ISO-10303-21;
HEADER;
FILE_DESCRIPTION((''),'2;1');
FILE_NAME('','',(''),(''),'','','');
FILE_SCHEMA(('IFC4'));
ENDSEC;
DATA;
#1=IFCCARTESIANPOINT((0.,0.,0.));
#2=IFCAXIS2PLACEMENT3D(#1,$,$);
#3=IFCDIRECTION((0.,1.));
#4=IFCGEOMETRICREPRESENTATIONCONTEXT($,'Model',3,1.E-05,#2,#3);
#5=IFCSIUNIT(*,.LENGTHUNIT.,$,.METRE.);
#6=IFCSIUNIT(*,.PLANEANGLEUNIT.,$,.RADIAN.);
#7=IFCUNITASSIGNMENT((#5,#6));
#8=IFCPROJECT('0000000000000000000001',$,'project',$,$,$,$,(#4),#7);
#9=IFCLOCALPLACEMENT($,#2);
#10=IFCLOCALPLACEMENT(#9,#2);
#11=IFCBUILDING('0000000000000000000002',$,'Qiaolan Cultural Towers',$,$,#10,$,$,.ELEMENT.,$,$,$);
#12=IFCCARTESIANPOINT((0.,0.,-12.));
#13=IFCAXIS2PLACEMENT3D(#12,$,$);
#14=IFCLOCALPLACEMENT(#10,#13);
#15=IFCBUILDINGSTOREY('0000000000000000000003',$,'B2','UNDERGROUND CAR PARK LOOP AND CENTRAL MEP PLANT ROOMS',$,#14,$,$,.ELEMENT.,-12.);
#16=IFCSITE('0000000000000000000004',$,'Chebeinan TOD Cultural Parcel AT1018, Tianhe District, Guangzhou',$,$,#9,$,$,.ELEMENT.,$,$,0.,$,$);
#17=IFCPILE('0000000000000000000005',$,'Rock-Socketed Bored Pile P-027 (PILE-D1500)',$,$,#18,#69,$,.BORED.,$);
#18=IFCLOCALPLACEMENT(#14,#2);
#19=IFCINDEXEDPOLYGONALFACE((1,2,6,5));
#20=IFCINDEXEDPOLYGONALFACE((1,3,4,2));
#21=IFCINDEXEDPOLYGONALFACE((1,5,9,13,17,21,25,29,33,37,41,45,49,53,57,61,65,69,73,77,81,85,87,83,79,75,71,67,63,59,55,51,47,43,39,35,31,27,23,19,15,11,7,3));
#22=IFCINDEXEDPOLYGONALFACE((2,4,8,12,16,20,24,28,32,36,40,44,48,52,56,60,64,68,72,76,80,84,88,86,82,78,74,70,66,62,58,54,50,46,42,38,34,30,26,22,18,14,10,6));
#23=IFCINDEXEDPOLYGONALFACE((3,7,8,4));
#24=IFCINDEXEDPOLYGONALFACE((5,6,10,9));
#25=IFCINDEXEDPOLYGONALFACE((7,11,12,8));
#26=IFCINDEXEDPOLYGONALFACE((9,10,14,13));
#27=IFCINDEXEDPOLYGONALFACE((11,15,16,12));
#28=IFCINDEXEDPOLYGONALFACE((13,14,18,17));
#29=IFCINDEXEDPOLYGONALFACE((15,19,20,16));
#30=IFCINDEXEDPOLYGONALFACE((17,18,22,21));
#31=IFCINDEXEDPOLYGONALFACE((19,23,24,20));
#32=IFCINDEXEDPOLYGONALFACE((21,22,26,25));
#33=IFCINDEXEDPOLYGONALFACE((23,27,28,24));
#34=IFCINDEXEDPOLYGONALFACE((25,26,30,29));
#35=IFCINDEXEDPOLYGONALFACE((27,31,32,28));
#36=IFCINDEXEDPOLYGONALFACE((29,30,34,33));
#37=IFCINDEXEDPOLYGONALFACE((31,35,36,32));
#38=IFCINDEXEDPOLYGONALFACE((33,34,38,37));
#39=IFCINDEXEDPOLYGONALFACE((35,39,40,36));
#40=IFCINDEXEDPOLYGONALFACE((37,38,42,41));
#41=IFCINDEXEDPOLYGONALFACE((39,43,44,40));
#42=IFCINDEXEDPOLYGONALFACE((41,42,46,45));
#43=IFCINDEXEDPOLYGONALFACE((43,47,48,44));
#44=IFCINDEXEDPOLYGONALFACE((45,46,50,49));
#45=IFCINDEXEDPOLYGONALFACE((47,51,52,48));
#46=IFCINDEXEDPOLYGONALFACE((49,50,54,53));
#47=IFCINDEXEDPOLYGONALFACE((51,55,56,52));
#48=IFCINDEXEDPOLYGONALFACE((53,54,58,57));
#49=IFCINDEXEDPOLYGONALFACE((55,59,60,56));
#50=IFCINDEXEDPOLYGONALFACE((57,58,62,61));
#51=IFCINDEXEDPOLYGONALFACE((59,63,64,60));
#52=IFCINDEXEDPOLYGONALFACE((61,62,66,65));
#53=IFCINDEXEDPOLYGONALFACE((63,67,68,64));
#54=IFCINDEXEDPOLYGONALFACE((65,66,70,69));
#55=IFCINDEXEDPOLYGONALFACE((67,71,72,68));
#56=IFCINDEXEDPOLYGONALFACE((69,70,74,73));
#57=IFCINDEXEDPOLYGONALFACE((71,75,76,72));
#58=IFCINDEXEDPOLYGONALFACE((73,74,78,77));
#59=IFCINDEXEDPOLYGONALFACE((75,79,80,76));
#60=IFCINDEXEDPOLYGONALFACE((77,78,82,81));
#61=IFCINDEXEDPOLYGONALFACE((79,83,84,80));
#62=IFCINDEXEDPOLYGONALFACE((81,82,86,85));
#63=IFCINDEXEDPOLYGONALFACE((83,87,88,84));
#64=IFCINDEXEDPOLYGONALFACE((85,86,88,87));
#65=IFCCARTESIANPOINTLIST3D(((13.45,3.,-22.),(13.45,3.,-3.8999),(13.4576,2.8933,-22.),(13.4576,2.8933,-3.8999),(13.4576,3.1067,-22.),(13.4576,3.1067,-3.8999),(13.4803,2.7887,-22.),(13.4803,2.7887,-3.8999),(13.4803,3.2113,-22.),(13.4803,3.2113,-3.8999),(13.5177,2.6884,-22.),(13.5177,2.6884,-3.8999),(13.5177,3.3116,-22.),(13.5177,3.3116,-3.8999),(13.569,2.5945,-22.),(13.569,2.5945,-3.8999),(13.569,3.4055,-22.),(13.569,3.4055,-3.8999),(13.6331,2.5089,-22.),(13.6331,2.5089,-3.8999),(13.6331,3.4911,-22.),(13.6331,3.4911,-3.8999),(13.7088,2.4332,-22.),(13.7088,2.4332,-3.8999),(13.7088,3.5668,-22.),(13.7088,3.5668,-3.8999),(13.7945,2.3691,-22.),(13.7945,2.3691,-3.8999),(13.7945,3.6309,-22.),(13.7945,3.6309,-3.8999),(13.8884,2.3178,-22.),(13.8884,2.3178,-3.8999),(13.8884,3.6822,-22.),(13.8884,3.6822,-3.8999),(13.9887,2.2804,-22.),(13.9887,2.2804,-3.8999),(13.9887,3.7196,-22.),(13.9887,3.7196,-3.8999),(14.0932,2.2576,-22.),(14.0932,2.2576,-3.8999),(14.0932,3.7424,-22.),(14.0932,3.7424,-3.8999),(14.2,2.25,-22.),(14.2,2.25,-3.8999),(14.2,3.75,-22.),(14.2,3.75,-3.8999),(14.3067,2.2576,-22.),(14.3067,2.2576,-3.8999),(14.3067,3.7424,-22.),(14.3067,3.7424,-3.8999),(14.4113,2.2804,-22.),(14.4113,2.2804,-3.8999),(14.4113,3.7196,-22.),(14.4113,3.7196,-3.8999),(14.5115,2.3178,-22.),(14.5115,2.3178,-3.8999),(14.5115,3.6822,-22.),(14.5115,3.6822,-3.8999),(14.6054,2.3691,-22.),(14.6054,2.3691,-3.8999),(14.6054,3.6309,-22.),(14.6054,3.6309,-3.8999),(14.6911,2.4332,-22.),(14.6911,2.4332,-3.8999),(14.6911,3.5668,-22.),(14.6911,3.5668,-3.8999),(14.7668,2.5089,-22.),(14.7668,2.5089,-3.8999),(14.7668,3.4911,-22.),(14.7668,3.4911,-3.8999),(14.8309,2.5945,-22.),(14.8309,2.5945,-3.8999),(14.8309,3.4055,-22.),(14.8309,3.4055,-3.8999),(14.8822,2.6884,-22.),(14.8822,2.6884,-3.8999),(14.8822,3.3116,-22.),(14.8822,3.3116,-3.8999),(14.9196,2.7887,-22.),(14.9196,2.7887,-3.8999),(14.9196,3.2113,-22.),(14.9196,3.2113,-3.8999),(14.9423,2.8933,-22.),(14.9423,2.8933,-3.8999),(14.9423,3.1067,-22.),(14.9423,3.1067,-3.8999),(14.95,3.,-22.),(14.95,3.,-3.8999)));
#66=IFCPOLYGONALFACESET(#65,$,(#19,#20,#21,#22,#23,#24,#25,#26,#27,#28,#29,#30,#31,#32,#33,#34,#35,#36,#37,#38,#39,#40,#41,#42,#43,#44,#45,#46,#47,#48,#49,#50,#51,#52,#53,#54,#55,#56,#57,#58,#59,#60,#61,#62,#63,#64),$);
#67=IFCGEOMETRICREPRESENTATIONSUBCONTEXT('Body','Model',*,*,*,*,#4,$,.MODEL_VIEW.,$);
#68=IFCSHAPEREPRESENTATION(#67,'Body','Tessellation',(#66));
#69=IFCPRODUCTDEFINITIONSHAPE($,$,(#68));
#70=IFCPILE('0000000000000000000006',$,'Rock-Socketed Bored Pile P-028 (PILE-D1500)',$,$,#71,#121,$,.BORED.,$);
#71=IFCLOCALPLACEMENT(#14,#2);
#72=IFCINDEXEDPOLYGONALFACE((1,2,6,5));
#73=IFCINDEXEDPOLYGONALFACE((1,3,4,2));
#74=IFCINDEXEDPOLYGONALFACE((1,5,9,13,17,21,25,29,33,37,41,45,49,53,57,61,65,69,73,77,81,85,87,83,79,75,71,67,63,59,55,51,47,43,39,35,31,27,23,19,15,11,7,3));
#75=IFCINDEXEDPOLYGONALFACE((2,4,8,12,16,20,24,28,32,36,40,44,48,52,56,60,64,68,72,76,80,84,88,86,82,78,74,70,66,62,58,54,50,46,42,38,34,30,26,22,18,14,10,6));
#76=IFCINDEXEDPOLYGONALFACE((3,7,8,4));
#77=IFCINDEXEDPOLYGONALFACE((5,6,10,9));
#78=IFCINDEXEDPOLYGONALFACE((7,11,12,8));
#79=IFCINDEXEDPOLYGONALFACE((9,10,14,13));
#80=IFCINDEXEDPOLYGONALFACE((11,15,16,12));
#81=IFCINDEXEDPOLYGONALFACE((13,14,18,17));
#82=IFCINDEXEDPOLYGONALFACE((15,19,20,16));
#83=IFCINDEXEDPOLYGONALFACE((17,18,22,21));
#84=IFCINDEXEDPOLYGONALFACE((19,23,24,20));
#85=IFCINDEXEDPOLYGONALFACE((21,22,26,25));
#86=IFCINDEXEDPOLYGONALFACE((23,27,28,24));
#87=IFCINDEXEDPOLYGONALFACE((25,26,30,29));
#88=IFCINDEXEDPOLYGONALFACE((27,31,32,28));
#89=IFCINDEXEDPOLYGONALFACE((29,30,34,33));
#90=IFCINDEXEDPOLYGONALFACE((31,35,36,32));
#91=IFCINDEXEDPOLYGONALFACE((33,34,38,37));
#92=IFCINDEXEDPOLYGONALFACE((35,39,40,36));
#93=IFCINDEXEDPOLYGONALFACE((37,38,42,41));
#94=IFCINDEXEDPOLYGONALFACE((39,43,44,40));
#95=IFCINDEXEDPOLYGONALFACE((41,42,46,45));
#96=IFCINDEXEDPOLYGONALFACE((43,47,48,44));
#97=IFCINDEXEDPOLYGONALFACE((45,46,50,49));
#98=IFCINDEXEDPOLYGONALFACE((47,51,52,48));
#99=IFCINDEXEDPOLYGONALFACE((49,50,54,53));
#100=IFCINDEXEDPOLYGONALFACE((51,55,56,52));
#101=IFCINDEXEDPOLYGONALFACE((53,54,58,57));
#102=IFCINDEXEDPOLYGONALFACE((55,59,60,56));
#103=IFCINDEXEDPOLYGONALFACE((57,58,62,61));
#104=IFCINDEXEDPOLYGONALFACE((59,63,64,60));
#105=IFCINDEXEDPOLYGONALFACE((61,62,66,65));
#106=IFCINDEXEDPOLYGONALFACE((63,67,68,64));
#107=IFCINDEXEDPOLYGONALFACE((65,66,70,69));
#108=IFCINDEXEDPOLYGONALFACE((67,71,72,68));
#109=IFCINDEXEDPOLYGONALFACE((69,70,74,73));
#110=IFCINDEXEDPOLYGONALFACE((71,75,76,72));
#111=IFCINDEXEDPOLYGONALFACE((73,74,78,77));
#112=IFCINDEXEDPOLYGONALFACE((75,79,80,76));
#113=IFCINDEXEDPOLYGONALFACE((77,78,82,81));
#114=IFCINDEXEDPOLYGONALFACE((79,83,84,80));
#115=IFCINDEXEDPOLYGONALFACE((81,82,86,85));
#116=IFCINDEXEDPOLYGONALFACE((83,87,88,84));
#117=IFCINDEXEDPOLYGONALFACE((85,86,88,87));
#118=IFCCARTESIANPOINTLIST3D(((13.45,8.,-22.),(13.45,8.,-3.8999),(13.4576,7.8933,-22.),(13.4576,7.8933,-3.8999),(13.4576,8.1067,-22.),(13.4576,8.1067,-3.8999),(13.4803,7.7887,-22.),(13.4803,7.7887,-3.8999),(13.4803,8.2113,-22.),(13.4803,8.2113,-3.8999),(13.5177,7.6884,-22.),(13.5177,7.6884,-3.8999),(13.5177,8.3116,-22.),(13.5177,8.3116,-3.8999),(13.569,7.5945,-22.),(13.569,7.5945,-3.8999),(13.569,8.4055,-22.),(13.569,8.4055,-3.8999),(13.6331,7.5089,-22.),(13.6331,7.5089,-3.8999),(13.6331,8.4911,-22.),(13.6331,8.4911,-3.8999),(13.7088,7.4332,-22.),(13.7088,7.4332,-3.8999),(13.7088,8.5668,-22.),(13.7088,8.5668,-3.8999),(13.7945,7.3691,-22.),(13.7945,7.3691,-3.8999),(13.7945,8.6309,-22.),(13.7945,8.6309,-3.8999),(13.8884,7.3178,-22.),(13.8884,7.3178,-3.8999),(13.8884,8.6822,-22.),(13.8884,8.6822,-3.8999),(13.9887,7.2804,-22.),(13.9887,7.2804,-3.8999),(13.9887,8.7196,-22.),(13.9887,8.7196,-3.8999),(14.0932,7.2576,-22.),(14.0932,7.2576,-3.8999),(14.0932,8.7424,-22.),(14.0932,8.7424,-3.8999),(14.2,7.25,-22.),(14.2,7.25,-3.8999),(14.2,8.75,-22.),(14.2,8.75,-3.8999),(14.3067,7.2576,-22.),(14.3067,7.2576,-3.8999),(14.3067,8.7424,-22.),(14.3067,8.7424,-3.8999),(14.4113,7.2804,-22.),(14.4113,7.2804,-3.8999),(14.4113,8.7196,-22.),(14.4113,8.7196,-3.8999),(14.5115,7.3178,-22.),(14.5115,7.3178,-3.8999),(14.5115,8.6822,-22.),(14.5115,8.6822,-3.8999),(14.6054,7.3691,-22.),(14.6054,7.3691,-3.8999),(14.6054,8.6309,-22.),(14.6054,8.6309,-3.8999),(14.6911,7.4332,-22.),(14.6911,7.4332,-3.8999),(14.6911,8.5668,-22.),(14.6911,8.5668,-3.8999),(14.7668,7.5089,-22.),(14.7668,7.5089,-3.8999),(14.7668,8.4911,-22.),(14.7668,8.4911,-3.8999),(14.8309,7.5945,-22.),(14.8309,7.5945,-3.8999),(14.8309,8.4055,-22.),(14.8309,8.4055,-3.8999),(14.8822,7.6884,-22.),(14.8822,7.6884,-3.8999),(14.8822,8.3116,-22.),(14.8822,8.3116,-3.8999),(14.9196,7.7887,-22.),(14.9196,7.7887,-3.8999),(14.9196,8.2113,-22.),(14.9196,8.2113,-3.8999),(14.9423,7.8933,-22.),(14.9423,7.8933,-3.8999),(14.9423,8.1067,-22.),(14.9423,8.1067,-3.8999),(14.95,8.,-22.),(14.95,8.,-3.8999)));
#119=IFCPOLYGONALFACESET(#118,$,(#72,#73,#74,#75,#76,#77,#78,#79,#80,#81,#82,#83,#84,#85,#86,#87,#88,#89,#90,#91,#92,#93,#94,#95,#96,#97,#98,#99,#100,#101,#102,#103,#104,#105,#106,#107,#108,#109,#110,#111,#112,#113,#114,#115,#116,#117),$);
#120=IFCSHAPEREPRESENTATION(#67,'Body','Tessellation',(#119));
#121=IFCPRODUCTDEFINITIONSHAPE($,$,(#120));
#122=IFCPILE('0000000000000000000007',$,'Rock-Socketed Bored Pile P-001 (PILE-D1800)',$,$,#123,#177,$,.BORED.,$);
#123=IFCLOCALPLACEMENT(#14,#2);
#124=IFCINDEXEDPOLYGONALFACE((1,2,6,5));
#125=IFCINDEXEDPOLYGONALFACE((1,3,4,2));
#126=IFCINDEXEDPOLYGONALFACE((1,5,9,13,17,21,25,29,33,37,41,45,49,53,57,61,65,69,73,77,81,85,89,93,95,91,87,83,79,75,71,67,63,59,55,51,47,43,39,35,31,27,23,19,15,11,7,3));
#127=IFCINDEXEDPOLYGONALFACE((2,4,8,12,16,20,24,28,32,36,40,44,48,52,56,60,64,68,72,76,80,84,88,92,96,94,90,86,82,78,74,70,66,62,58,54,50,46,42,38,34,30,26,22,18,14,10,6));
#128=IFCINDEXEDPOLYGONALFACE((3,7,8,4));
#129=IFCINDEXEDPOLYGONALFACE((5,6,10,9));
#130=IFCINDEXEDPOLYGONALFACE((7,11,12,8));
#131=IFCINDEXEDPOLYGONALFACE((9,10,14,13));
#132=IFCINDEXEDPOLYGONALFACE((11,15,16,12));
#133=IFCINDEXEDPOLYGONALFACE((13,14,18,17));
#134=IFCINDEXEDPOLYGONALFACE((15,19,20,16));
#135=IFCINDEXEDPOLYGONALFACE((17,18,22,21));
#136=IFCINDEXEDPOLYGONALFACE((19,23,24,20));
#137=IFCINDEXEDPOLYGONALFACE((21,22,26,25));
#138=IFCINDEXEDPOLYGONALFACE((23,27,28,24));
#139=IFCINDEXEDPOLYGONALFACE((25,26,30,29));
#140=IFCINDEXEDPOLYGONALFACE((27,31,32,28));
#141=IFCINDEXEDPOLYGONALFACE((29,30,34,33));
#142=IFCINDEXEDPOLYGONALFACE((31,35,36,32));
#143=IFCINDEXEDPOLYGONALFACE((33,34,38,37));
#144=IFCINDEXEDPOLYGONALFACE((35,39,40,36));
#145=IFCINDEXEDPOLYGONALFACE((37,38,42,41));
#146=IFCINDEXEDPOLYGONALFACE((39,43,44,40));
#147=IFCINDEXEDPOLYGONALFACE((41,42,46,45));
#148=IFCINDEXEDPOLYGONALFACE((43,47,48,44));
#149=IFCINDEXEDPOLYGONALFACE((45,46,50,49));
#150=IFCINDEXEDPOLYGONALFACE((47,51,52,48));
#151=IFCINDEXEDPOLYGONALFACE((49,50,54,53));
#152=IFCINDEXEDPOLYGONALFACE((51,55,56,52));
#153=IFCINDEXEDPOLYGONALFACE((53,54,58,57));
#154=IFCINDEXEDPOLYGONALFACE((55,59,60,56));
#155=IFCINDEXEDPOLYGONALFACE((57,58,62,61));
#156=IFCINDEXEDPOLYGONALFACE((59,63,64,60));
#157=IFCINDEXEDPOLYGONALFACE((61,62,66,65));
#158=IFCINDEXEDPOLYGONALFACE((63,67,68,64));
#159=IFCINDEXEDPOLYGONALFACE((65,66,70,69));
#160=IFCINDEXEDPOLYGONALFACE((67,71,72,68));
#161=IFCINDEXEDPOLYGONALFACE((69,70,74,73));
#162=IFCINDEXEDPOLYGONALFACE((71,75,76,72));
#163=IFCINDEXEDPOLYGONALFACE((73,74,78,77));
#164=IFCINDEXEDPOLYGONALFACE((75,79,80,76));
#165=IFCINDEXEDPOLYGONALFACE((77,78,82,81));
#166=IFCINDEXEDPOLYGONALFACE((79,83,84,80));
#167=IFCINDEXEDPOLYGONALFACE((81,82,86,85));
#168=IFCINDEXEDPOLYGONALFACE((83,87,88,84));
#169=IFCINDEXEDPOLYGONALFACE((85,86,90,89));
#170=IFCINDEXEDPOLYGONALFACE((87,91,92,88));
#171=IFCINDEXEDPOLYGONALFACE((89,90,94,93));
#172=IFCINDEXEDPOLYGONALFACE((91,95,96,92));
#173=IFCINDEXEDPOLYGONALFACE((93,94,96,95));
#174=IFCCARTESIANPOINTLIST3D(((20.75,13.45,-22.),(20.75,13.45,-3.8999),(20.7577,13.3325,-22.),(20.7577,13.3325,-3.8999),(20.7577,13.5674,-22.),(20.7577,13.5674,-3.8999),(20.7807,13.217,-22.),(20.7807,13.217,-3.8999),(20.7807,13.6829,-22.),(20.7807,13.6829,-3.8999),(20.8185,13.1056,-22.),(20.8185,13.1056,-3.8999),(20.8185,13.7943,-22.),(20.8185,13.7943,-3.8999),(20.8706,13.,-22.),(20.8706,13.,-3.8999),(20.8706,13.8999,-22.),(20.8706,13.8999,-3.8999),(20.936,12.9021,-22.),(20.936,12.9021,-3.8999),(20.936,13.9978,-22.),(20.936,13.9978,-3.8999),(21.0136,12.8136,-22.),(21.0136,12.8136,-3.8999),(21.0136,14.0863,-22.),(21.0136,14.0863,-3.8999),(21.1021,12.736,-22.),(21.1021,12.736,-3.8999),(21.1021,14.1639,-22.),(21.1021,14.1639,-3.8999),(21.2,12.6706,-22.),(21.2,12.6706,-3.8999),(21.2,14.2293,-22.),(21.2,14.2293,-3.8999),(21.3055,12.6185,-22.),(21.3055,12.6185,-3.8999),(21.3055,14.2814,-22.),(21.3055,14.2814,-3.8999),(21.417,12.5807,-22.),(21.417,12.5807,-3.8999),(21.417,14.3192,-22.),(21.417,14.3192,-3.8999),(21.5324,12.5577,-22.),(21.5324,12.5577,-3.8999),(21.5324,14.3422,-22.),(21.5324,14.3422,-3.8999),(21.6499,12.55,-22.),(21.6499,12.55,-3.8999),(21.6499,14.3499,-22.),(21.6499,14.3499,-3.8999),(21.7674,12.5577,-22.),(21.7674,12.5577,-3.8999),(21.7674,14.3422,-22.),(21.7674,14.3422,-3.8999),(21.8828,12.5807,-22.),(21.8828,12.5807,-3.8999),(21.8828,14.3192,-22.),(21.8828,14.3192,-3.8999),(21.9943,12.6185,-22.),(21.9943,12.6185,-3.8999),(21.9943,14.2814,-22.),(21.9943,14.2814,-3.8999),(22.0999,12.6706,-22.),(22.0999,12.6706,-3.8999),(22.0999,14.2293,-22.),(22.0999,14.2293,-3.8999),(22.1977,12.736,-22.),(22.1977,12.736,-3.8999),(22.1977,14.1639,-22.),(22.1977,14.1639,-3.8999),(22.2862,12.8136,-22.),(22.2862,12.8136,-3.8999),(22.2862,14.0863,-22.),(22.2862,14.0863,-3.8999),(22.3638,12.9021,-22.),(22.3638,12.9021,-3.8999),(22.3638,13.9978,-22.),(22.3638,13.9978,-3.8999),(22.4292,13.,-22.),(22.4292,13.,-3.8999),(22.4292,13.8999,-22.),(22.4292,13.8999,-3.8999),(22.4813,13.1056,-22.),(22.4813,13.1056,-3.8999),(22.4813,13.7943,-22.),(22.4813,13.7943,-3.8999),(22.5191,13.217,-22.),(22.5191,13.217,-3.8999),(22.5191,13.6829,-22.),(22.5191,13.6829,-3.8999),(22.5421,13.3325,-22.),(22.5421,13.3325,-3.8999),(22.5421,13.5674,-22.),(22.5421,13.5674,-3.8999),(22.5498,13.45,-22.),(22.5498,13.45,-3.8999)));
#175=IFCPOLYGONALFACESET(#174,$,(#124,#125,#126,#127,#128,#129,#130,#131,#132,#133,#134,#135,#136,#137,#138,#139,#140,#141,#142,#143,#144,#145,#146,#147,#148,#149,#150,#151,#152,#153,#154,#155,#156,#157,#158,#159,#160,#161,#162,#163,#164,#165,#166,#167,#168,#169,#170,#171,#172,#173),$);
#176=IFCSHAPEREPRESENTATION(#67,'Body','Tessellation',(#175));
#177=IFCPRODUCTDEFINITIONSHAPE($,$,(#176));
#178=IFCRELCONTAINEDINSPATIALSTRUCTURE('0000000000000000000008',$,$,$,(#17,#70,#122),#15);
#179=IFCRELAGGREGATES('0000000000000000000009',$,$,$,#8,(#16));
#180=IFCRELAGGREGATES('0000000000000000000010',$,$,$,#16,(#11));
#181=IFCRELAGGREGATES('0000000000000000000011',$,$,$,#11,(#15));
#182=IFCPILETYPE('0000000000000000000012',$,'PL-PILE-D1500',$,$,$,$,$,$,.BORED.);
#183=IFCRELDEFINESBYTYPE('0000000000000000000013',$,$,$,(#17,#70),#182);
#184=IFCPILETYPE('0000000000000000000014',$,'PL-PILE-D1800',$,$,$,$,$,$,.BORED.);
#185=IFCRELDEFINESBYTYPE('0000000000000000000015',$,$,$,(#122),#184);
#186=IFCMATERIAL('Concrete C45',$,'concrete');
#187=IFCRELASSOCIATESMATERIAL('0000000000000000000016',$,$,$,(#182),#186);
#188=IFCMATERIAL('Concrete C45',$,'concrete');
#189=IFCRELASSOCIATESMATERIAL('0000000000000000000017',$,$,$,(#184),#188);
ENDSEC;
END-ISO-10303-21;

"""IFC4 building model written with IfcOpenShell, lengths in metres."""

from ifc_helpers import new_model, si_unit, direction, frame, origin, origin_2d, place, context, subcontext, project, spatial, circle, extrude, material, material_profile, profile_set, type_object, element, save


model = new_model("IFC4")

# Units and contexts
model_context = context("Model", 3, precision=1e-05, world=origin(), true_north=direction((0.0, 1.0)))
body_context = subcontext(model_context, "Body", "Model", "MODEL_VIEW")
ifc_project = project(units=[si_unit("LENGTHUNIT", "METRE"), si_unit("PLANEANGLEUNIT", "RADIAN")], contexts=[model_context])

# Site, building, storey
site_placement = place(None, origin())
site = spatial("IfcSite", under=ifc_project, at=site_placement, Name="Chebeinan TOD Cultural Parcel AT1018, Tianhe District, Guangzhou", CompositionType="ELEMENT", RefElevation=0.0)
building_placement = place(site_placement, origin())
building = spatial("IfcBuilding", under=site, at=building_placement, Name="Qiaolan Cultural Towers", CompositionType="ELEMENT")
storey_placement = place(building_placement, frame((0.0, 0.0, -12.0)))
storey = spatial("IfcBuildingStorey", under=building, at=storey_placement, Name="B2", Description="UNDERGROUND CAR PARK LOOP AND CENTRAL MEP PLANT ROOMS", CompositionType="ELEMENT", Elevation=-12.0)

# Piles
ifc_material_1 = material(Name="Concrete C45", Category="concrete")
ifc_material_profile_1 = material_profile(ifc_material_1, circle(Radius=0.75, at=origin_2d()), Name="PILE-D1500")
ifc_profile_set_1 = profile_set([ifc_material_profile_1], Name="Concrete C45")
pile_type_1 = type_object("IfcPileType", Name="PL-PILE-D1500", PredefinedType="BORED", material=ifc_profile_set_1)
for number, where, z_axis, x_axis, name in (
    (1, (14.2, 3.0, -3.8999), (0.0, 0.0, -1.0), (1.0, 0.0, 0.0), "Rock-Socketed Bored Pile P-027 (PILE-D1500)"),
    (2, (14.2, 8.0, -3.8999), (0.0, 0.0, -1.0), (1.0, 0.0, 0.0), "Rock-Socketed Bored Pile P-028 (PILE-D1500)"),
):
    element("IfcPile", number, at=place(storey_placement, frame(where, z_axis=z_axis, x_axis=x_axis)), inside=storey, type_object=pile_type_1, Name=name, PredefinedType="BORED", context=body_context, shape_type="SweptSolid", body=[
        extrude(circle(Radius=0.75, at=origin_2d()), origin(), (0.0, 0.0, 1.0), 18.1001),
    ])
ifc_material_2 = material(Name="Concrete C45", Category="concrete")
ifc_material_profile_2 = material_profile(ifc_material_2, circle(Radius=0.8999, at=origin_2d()), Name="PILE-D1800")
ifc_profile_set_2 = profile_set([ifc_material_profile_2], Name="Concrete C45")
pile_type_2 = type_object("IfcPileType", Name="PL-PILE-D1800", PredefinedType="BORED", material=ifc_profile_set_2)
for number, where, z_axis, x_axis, name in (
    (3, (21.6499, 13.45, -3.8999), (0.0, 0.0, -1.0), (1.0, 0.0, 0.0), "Rock-Socketed Bored Pile P-001 (PILE-D1800)"),
):
    element("IfcPile", number, at=place(storey_placement, frame(where, z_axis=z_axis, x_axis=x_axis)), inside=storey, type_object=pile_type_2, Name=name, PredefinedType="BORED", context=body_context, shape_type="SweptSolid", body=[
        extrude(circle(Radius=0.8999, at=origin_2d()), origin(), (0.0, 0.0, 1.0), 18.1001),
    ])

save(model, "model.ifc")
